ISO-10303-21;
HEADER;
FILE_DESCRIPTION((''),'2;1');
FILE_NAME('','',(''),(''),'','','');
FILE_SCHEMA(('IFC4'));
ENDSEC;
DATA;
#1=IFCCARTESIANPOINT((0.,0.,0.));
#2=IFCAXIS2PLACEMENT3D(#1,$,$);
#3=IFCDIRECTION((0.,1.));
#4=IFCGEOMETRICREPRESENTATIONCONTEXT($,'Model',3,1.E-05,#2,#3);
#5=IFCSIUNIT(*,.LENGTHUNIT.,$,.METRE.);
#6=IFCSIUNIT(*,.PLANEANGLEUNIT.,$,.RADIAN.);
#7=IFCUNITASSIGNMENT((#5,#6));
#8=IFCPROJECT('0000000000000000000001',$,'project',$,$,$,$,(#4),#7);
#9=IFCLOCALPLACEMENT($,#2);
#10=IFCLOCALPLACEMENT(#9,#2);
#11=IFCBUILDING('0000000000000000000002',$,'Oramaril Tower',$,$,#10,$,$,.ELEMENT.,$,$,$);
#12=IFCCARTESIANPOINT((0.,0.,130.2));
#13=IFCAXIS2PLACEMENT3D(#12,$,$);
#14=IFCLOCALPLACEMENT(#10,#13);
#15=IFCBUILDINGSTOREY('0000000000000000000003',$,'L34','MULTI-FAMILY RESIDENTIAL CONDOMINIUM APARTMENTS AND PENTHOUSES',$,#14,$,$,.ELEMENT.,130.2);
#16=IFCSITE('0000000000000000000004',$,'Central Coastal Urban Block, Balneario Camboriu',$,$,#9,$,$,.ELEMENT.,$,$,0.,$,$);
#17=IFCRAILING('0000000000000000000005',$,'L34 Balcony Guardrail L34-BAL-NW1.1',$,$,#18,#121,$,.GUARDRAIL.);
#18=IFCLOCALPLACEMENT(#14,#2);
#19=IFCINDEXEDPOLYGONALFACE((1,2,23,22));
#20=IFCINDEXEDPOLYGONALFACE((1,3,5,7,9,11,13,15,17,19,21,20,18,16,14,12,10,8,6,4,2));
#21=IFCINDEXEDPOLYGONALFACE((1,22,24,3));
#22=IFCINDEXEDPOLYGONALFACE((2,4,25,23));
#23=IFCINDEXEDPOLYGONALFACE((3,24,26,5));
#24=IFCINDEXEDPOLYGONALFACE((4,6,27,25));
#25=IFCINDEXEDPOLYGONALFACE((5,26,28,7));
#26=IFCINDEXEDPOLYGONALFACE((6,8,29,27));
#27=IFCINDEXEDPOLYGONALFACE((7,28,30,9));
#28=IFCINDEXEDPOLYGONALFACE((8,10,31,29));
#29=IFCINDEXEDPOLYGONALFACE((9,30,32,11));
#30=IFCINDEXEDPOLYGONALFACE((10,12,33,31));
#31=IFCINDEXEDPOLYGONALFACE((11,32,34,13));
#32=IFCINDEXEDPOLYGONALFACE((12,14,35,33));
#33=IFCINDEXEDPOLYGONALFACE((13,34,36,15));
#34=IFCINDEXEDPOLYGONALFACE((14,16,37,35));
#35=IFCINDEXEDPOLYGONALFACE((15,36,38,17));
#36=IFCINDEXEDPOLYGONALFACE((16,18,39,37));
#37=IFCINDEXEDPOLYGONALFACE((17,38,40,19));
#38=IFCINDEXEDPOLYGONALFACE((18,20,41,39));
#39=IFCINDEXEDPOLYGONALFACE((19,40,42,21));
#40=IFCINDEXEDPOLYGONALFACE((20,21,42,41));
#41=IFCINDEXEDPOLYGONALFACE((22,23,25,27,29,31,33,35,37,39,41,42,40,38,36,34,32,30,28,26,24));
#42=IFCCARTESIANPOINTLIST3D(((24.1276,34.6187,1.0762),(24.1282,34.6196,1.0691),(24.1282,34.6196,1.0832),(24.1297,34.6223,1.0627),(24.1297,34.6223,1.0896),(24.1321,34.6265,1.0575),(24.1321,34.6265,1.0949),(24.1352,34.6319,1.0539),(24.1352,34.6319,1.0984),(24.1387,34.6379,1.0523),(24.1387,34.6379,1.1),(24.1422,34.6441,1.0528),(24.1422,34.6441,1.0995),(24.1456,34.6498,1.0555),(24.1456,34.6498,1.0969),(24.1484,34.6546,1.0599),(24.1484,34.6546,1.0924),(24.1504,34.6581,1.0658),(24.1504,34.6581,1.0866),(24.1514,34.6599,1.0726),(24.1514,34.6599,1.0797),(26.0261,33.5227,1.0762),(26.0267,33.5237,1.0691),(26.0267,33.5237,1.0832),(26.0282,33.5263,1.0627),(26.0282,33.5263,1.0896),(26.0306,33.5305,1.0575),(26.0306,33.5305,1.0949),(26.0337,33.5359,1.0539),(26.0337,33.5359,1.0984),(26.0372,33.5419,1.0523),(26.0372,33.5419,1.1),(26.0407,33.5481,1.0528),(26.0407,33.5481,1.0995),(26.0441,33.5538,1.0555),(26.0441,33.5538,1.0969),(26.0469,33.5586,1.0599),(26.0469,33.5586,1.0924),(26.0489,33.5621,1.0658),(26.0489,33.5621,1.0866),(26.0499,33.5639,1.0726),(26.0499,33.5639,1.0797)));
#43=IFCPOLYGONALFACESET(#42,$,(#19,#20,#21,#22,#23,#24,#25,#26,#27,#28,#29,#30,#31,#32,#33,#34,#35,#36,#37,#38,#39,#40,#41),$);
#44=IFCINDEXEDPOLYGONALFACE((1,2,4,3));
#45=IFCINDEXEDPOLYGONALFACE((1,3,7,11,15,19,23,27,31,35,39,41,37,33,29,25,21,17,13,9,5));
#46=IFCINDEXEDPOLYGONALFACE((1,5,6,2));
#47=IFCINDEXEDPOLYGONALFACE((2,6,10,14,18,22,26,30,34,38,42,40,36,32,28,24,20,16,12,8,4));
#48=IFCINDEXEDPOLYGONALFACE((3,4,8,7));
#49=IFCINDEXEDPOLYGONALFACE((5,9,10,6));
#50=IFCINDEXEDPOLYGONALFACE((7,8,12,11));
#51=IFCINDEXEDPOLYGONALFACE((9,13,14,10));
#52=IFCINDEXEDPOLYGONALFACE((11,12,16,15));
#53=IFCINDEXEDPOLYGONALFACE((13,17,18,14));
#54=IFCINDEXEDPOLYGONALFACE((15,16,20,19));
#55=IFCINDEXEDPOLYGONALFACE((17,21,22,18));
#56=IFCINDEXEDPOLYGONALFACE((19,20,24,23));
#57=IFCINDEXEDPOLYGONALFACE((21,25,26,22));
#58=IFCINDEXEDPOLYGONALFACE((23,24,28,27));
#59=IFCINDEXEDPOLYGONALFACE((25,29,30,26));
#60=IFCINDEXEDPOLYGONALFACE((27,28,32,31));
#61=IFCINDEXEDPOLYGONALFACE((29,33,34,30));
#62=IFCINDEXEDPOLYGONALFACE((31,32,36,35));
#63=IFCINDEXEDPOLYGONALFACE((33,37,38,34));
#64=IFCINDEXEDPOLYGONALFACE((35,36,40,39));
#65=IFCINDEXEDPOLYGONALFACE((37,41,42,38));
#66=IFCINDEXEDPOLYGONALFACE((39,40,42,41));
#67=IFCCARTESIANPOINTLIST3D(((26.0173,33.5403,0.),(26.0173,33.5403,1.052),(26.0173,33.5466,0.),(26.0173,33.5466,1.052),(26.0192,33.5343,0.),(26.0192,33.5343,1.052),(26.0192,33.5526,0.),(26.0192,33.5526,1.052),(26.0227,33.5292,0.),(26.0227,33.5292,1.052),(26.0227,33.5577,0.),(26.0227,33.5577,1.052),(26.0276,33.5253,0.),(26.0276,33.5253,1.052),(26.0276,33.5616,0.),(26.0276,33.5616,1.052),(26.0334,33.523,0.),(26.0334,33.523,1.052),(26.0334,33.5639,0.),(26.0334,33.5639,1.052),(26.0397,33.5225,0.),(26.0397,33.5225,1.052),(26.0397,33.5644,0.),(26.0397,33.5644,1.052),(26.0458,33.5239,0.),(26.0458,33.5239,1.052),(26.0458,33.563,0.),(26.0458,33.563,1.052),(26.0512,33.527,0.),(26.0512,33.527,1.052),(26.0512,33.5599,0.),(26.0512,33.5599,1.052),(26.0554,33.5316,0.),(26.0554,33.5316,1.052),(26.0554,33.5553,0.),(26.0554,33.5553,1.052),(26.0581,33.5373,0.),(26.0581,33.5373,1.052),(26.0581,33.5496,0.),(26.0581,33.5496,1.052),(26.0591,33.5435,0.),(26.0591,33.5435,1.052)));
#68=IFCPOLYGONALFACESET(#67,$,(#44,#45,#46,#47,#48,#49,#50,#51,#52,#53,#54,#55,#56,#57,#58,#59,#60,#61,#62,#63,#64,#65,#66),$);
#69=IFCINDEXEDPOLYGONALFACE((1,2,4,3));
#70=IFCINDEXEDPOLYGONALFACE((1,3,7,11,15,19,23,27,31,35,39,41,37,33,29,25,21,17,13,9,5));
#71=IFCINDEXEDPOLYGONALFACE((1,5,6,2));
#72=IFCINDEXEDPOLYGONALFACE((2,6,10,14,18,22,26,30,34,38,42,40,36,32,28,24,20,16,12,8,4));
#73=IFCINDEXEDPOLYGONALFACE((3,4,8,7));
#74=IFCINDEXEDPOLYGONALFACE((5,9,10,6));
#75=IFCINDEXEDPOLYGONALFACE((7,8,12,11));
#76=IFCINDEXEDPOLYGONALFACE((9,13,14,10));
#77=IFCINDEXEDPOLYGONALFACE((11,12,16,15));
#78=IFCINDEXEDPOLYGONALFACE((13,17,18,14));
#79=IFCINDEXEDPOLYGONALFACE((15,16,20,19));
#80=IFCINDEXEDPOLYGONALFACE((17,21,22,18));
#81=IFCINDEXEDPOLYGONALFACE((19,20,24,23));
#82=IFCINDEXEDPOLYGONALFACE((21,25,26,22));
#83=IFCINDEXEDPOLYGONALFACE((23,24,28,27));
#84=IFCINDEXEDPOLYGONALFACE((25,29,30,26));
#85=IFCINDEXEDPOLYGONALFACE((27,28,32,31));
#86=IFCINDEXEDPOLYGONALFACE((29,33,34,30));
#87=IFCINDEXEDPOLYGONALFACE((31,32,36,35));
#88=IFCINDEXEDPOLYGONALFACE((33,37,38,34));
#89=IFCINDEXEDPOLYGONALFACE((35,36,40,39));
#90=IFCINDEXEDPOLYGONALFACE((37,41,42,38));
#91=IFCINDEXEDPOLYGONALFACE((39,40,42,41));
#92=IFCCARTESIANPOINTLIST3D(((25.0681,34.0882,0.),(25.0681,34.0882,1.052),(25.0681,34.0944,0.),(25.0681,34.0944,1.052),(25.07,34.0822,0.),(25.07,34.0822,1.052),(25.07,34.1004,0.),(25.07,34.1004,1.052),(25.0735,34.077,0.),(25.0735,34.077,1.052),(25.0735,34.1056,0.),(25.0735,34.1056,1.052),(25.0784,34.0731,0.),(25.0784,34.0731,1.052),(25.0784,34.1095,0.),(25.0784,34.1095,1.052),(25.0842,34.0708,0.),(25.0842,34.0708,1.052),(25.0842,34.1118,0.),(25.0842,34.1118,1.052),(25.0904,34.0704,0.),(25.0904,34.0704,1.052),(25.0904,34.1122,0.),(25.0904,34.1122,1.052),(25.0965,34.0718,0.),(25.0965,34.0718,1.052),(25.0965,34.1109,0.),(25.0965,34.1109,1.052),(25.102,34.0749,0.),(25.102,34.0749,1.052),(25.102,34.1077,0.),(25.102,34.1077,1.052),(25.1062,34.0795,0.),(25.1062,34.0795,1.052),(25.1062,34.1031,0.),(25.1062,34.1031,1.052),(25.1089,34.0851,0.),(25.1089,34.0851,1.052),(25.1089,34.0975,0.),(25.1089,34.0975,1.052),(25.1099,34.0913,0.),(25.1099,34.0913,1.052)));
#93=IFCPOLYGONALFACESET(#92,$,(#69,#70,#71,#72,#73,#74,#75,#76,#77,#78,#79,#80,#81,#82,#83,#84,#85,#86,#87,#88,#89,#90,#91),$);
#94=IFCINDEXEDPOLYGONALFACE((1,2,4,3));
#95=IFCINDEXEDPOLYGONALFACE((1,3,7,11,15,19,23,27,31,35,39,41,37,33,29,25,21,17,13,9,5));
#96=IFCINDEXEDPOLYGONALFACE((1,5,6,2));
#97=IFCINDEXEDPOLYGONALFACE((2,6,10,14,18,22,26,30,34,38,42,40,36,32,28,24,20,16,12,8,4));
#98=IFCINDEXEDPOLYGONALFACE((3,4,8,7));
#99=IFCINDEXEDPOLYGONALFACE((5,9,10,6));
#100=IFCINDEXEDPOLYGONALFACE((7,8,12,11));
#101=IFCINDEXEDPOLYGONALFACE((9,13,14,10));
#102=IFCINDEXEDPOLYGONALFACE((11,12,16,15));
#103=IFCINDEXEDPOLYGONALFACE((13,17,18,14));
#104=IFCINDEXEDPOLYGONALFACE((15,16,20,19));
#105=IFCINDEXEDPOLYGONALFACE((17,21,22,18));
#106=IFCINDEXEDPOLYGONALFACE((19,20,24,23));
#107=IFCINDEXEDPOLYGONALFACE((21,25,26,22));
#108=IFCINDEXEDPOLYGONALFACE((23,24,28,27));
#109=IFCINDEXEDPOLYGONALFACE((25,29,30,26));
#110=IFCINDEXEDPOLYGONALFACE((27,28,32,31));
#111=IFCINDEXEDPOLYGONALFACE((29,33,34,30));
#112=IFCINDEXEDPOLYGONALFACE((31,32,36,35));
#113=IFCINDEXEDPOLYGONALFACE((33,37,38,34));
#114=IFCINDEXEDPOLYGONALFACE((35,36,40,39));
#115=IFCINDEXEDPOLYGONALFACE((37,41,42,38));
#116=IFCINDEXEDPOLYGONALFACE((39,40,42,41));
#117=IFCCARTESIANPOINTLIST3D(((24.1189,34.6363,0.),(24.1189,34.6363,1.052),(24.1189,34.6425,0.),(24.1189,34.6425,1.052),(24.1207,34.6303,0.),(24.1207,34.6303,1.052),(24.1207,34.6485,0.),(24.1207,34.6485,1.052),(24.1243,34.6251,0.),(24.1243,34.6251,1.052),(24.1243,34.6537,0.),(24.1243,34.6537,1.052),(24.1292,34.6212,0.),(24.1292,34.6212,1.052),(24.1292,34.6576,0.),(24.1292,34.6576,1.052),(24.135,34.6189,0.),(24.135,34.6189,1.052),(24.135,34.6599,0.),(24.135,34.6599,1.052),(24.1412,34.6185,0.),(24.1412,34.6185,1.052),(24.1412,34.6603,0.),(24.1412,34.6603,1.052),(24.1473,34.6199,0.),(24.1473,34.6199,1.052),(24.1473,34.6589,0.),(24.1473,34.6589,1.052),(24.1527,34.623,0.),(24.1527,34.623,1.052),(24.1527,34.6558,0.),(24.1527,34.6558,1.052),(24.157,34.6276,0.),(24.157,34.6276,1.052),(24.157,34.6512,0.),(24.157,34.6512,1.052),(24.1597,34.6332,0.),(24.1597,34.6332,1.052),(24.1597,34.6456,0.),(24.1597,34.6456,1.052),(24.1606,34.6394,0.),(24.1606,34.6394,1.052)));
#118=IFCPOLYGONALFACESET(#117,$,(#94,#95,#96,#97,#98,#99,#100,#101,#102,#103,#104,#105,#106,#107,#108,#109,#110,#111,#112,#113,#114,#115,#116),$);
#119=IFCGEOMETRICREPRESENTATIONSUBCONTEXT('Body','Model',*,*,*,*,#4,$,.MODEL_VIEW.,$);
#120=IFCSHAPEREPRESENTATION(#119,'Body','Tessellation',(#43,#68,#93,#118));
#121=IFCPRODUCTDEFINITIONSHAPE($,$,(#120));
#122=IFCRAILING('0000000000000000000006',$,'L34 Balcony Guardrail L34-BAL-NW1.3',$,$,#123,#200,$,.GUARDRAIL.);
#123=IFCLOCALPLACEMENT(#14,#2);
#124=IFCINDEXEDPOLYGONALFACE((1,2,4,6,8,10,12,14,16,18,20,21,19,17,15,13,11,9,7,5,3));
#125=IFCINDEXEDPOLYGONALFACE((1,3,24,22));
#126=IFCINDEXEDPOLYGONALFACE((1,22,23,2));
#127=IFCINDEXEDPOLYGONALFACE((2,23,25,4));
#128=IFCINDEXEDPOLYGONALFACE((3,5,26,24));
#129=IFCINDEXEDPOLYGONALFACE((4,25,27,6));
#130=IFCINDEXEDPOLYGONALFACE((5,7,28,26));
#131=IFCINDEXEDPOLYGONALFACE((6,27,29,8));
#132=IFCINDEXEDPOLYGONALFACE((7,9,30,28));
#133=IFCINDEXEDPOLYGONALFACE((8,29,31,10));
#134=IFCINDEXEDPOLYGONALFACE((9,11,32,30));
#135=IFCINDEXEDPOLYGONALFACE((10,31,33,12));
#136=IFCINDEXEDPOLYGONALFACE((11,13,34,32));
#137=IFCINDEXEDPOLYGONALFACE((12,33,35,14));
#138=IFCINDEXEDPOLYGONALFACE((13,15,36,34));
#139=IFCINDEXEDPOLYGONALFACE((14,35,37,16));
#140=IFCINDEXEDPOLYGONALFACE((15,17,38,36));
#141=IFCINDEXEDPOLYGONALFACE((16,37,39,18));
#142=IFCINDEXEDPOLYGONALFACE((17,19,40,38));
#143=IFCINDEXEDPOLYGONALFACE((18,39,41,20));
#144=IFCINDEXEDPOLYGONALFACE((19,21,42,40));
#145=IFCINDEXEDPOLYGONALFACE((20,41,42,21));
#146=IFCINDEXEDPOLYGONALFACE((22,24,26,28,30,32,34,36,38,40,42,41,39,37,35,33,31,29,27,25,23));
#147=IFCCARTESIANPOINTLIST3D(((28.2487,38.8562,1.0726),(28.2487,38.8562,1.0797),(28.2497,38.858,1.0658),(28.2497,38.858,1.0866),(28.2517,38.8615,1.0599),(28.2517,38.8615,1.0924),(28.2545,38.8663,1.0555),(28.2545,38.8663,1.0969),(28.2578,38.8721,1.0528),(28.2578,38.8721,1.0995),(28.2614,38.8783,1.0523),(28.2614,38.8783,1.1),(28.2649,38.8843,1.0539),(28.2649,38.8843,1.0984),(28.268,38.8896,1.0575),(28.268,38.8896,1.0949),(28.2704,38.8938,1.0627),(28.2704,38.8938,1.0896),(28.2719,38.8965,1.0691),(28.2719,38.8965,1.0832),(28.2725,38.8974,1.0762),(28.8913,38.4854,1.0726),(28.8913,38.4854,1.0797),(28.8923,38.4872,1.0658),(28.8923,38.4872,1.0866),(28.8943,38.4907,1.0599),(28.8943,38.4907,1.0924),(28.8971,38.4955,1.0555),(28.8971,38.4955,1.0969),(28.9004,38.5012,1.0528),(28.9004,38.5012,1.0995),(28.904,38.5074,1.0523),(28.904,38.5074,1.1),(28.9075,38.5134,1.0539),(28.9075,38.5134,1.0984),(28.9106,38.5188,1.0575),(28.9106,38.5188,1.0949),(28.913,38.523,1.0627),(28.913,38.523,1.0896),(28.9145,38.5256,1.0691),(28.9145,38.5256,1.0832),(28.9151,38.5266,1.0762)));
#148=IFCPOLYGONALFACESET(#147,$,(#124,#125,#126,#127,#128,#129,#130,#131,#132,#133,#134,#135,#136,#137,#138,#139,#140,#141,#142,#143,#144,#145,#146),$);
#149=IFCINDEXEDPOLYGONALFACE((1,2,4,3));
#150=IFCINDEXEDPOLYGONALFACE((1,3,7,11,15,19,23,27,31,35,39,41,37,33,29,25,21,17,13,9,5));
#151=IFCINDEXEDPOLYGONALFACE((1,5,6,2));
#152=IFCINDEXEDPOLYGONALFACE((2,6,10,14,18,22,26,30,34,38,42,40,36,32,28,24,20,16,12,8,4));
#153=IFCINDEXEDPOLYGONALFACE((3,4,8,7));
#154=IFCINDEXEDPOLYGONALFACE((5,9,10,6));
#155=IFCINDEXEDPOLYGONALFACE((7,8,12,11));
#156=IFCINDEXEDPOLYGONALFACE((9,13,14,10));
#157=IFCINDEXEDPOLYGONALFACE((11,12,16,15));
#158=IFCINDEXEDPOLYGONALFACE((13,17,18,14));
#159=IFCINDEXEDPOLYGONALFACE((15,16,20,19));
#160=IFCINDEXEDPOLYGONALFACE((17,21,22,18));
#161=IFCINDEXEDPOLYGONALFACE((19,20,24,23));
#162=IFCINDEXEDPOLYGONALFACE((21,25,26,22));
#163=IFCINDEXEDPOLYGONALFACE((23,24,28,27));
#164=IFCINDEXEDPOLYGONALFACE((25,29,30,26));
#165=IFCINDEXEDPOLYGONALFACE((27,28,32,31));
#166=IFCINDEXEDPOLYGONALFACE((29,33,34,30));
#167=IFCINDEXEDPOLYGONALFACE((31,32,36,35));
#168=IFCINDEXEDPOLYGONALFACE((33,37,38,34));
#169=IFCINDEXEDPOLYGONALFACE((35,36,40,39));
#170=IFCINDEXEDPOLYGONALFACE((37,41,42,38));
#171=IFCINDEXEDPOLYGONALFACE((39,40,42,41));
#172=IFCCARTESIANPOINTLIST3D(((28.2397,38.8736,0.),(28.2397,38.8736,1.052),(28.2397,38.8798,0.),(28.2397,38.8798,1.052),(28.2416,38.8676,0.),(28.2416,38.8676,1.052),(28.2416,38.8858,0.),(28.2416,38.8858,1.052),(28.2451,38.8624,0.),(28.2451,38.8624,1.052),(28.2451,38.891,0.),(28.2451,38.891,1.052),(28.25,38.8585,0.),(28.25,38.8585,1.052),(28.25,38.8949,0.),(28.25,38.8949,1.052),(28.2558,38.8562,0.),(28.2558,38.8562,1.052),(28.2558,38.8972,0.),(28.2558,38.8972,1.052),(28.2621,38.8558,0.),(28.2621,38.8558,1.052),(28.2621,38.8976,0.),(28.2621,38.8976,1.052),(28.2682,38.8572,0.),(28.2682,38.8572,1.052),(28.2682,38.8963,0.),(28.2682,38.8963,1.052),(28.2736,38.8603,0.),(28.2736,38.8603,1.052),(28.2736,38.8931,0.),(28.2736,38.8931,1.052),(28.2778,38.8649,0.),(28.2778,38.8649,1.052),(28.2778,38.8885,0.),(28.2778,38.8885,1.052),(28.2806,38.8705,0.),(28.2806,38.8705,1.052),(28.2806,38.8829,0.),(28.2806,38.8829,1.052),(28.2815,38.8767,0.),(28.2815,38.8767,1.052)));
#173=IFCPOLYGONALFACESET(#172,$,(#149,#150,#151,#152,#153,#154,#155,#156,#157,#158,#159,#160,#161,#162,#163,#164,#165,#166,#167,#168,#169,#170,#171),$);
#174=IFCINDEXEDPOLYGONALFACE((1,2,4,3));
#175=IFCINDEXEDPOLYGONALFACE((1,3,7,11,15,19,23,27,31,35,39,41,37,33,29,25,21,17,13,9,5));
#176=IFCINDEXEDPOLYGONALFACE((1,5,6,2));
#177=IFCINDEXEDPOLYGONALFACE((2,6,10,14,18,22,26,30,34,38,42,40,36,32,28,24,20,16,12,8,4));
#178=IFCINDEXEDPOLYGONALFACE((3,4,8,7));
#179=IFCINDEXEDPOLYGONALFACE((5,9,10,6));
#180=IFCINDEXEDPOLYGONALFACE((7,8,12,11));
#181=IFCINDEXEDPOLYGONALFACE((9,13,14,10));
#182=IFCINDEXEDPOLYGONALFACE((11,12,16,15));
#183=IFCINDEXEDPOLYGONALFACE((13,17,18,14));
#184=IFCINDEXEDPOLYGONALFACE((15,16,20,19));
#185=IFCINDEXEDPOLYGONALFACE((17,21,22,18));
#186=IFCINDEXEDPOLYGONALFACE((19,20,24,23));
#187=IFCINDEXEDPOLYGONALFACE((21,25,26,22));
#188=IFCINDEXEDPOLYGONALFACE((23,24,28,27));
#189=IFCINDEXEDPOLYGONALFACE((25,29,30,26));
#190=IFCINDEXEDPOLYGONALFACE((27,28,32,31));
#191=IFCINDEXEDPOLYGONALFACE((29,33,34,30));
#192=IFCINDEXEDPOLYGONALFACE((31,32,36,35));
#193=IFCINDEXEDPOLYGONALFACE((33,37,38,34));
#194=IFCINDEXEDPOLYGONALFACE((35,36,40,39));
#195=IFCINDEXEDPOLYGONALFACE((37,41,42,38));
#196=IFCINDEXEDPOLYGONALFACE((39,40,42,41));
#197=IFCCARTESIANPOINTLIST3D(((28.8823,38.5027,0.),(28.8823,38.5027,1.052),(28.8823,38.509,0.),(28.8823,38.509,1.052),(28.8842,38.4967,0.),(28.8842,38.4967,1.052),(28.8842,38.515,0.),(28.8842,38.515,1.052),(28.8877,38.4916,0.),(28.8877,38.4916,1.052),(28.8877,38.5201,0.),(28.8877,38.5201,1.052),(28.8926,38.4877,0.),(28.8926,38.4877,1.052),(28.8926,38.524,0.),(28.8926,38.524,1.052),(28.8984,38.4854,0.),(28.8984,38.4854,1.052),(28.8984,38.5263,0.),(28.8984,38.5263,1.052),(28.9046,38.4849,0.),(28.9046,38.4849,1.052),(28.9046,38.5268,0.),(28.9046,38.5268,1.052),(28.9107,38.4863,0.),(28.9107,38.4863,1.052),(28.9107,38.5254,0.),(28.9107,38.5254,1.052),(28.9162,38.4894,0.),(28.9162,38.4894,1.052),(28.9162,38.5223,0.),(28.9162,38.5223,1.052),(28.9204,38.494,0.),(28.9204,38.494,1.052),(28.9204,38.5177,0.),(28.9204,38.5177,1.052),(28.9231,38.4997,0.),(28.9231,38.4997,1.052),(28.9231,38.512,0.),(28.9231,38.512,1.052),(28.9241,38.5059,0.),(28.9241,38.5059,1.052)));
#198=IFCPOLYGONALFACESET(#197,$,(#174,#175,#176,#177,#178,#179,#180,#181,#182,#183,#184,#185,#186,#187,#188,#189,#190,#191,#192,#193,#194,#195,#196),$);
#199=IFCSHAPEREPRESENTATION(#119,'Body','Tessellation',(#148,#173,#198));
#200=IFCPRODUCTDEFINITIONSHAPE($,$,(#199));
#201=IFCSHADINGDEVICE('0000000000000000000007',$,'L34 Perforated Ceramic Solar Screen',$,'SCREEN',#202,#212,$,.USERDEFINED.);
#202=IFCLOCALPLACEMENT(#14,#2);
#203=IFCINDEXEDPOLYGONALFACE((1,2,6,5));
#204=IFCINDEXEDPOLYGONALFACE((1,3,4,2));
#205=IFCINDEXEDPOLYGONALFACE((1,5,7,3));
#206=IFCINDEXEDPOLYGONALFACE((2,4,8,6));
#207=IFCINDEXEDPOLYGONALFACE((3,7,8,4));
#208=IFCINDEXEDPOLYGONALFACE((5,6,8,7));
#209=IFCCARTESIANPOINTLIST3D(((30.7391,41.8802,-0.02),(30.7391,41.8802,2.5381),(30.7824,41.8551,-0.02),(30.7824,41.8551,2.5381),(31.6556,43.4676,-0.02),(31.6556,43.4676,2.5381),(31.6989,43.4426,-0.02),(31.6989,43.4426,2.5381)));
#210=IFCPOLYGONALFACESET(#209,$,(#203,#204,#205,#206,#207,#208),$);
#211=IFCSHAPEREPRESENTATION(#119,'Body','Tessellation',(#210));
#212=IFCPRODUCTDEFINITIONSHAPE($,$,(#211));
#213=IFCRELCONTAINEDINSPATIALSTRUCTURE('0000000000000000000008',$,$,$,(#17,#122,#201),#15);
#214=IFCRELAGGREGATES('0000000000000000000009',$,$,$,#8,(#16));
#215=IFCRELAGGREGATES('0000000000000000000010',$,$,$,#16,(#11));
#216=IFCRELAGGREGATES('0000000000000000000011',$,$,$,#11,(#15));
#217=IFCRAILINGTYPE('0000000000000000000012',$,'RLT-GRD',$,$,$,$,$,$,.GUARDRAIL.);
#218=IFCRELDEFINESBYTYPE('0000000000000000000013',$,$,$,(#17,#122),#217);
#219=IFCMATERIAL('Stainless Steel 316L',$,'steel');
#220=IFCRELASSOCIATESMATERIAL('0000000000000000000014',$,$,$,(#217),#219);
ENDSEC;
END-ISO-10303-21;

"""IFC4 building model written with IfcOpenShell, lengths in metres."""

from ifc_helpers import new_model, si_unit, direction, frame, origin, origin_2d, place, context, subcontext, project, spatial, rectangle, circle, extrude, material, type_object, element, save


model = new_model("IFC4")

# Units and contexts
model_context = context("Model", 3, precision=1e-05, world=origin(), true_north=direction((0.0, 1.0)))
body_context = subcontext(model_context, "Body", "Model", "MODEL_VIEW")
ifc_project = project(units=[si_unit("LENGTHUNIT", "METRE"), si_unit("PLANEANGLEUNIT", "RADIAN")], contexts=[model_context])

# Site, building, storey
site_placement = place(None, origin())
site = spatial("IfcSite", under=ifc_project, at=site_placement, Name="Central Coastal Urban Block, Balneario Camboriu", CompositionType="ELEMENT", RefElevation=0.0)
building_placement = place(site_placement, origin())
building = spatial("IfcBuilding", under=site, at=building_placement, Name="Oramaril Tower", CompositionType="ELEMENT")
storey_placement = place(building_placement, frame((0.0, 0.0, 130.2)))
storey = spatial("IfcBuildingStorey", under=building, at=storey_placement, Name="L34", Description="MULTI-FAMILY RESIDENTIAL CONDOMINIUM APARTMENTS AND PENTHOUSES", CompositionType="ELEMENT", Elevation=130.2)

# Railings
ifc_material_1 = material(Name="Stainless Steel 316L", Category="steel")
railing_type = type_object("IfcRailingType", Name="RLT-GRD", PredefinedType="GUARDRAIL", material=ifc_material_1)
railing_1_placement = place(storey_placement, frame((26.0381, 33.5435, 0.0)))
element("IfcRailing", 1, at=railing_1_placement, inside=storey, type_object=railing_type, Name="L34 Balcony Guardrail L34-BAL-NW1.1", PredefinedType="GUARDRAIL", context=body_context, shape_type="SweptSolid", body=[
    extrude(circle(Radius=0.0239, at=origin_2d()), frame((0.0, 0.0, 1.0762), z_axis=(-0.866048, 0.49996, 0.0), x_axis=(-0.49996, -0.866048, 0.0)), (0.0, 0.0, 1.0), 2.1921),
    extrude(circle(Radius=0.021, at=origin_2d()), origin(), (0.0, 0.0, 1.0), 1.052),
    extrude(circle(Radius=0.021, at=origin_2d()), frame((-0.9492, 0.5479, 0.0)), (0.0, 0.0, 1.0), 1.052),
    extrude(circle(Radius=0.021, at=origin_2d()), frame((-1.8984, 1.0959, 0.0)), (0.0, 0.0, 1.0), 1.052),
])
railing_2_placement = place(storey_placement, frame((28.2605, 38.8767, 0.0)))
element("IfcRailing", 2, at=railing_2_placement, inside=storey, type_object=railing_type, Name="L34 Balcony Guardrail L34-BAL-NW1.3", PredefinedType="GUARDRAIL", context=body_context, shape_type="SweptSolid", body=[
    extrude(circle(Radius=0.0239, at=origin_2d()), frame((0.0, 0.0, 1.0762), z_axis=(0.866109, -0.499855, 0.0), x_axis=(0.499855, 0.866109, 0.0)), (0.0, 0.0, 1.0), 0.7419),
    extrude(circle(Radius=0.021, at=origin_2d()), origin(), (0.0, 0.0, 1.0), 1.052),
    extrude(circle(Radius=0.021, at=origin_2d()), frame((0.6426, -0.3708, 0.0)), (0.0, 0.0, 1.0), 1.052),
])

# Shading device
for number, where, z_axis, x_axis, name in (
    (3, (31.219, 42.6614, -0.02), (0.0, 0.0, 1.0), (-0.499998, -0.866026, 0.0), "L34 Perforated Ceramic Solar Screen"),
):
    element("IfcShadingDevice", number, at=place(storey_placement, frame(where, z_axis=z_axis, x_axis=x_axis)), inside=storey, Name=name, ObjectType="SCREEN", PredefinedType="USERDEFINED", context=body_context, shape_type="SweptSolid", body=[
        extrude(rectangle(XDim=1.833, YDim=0.05, at=origin_2d()), origin(), (0.0, 0.0, 1.0), 2.5581),
    ])

save(model, "model.ifc")
